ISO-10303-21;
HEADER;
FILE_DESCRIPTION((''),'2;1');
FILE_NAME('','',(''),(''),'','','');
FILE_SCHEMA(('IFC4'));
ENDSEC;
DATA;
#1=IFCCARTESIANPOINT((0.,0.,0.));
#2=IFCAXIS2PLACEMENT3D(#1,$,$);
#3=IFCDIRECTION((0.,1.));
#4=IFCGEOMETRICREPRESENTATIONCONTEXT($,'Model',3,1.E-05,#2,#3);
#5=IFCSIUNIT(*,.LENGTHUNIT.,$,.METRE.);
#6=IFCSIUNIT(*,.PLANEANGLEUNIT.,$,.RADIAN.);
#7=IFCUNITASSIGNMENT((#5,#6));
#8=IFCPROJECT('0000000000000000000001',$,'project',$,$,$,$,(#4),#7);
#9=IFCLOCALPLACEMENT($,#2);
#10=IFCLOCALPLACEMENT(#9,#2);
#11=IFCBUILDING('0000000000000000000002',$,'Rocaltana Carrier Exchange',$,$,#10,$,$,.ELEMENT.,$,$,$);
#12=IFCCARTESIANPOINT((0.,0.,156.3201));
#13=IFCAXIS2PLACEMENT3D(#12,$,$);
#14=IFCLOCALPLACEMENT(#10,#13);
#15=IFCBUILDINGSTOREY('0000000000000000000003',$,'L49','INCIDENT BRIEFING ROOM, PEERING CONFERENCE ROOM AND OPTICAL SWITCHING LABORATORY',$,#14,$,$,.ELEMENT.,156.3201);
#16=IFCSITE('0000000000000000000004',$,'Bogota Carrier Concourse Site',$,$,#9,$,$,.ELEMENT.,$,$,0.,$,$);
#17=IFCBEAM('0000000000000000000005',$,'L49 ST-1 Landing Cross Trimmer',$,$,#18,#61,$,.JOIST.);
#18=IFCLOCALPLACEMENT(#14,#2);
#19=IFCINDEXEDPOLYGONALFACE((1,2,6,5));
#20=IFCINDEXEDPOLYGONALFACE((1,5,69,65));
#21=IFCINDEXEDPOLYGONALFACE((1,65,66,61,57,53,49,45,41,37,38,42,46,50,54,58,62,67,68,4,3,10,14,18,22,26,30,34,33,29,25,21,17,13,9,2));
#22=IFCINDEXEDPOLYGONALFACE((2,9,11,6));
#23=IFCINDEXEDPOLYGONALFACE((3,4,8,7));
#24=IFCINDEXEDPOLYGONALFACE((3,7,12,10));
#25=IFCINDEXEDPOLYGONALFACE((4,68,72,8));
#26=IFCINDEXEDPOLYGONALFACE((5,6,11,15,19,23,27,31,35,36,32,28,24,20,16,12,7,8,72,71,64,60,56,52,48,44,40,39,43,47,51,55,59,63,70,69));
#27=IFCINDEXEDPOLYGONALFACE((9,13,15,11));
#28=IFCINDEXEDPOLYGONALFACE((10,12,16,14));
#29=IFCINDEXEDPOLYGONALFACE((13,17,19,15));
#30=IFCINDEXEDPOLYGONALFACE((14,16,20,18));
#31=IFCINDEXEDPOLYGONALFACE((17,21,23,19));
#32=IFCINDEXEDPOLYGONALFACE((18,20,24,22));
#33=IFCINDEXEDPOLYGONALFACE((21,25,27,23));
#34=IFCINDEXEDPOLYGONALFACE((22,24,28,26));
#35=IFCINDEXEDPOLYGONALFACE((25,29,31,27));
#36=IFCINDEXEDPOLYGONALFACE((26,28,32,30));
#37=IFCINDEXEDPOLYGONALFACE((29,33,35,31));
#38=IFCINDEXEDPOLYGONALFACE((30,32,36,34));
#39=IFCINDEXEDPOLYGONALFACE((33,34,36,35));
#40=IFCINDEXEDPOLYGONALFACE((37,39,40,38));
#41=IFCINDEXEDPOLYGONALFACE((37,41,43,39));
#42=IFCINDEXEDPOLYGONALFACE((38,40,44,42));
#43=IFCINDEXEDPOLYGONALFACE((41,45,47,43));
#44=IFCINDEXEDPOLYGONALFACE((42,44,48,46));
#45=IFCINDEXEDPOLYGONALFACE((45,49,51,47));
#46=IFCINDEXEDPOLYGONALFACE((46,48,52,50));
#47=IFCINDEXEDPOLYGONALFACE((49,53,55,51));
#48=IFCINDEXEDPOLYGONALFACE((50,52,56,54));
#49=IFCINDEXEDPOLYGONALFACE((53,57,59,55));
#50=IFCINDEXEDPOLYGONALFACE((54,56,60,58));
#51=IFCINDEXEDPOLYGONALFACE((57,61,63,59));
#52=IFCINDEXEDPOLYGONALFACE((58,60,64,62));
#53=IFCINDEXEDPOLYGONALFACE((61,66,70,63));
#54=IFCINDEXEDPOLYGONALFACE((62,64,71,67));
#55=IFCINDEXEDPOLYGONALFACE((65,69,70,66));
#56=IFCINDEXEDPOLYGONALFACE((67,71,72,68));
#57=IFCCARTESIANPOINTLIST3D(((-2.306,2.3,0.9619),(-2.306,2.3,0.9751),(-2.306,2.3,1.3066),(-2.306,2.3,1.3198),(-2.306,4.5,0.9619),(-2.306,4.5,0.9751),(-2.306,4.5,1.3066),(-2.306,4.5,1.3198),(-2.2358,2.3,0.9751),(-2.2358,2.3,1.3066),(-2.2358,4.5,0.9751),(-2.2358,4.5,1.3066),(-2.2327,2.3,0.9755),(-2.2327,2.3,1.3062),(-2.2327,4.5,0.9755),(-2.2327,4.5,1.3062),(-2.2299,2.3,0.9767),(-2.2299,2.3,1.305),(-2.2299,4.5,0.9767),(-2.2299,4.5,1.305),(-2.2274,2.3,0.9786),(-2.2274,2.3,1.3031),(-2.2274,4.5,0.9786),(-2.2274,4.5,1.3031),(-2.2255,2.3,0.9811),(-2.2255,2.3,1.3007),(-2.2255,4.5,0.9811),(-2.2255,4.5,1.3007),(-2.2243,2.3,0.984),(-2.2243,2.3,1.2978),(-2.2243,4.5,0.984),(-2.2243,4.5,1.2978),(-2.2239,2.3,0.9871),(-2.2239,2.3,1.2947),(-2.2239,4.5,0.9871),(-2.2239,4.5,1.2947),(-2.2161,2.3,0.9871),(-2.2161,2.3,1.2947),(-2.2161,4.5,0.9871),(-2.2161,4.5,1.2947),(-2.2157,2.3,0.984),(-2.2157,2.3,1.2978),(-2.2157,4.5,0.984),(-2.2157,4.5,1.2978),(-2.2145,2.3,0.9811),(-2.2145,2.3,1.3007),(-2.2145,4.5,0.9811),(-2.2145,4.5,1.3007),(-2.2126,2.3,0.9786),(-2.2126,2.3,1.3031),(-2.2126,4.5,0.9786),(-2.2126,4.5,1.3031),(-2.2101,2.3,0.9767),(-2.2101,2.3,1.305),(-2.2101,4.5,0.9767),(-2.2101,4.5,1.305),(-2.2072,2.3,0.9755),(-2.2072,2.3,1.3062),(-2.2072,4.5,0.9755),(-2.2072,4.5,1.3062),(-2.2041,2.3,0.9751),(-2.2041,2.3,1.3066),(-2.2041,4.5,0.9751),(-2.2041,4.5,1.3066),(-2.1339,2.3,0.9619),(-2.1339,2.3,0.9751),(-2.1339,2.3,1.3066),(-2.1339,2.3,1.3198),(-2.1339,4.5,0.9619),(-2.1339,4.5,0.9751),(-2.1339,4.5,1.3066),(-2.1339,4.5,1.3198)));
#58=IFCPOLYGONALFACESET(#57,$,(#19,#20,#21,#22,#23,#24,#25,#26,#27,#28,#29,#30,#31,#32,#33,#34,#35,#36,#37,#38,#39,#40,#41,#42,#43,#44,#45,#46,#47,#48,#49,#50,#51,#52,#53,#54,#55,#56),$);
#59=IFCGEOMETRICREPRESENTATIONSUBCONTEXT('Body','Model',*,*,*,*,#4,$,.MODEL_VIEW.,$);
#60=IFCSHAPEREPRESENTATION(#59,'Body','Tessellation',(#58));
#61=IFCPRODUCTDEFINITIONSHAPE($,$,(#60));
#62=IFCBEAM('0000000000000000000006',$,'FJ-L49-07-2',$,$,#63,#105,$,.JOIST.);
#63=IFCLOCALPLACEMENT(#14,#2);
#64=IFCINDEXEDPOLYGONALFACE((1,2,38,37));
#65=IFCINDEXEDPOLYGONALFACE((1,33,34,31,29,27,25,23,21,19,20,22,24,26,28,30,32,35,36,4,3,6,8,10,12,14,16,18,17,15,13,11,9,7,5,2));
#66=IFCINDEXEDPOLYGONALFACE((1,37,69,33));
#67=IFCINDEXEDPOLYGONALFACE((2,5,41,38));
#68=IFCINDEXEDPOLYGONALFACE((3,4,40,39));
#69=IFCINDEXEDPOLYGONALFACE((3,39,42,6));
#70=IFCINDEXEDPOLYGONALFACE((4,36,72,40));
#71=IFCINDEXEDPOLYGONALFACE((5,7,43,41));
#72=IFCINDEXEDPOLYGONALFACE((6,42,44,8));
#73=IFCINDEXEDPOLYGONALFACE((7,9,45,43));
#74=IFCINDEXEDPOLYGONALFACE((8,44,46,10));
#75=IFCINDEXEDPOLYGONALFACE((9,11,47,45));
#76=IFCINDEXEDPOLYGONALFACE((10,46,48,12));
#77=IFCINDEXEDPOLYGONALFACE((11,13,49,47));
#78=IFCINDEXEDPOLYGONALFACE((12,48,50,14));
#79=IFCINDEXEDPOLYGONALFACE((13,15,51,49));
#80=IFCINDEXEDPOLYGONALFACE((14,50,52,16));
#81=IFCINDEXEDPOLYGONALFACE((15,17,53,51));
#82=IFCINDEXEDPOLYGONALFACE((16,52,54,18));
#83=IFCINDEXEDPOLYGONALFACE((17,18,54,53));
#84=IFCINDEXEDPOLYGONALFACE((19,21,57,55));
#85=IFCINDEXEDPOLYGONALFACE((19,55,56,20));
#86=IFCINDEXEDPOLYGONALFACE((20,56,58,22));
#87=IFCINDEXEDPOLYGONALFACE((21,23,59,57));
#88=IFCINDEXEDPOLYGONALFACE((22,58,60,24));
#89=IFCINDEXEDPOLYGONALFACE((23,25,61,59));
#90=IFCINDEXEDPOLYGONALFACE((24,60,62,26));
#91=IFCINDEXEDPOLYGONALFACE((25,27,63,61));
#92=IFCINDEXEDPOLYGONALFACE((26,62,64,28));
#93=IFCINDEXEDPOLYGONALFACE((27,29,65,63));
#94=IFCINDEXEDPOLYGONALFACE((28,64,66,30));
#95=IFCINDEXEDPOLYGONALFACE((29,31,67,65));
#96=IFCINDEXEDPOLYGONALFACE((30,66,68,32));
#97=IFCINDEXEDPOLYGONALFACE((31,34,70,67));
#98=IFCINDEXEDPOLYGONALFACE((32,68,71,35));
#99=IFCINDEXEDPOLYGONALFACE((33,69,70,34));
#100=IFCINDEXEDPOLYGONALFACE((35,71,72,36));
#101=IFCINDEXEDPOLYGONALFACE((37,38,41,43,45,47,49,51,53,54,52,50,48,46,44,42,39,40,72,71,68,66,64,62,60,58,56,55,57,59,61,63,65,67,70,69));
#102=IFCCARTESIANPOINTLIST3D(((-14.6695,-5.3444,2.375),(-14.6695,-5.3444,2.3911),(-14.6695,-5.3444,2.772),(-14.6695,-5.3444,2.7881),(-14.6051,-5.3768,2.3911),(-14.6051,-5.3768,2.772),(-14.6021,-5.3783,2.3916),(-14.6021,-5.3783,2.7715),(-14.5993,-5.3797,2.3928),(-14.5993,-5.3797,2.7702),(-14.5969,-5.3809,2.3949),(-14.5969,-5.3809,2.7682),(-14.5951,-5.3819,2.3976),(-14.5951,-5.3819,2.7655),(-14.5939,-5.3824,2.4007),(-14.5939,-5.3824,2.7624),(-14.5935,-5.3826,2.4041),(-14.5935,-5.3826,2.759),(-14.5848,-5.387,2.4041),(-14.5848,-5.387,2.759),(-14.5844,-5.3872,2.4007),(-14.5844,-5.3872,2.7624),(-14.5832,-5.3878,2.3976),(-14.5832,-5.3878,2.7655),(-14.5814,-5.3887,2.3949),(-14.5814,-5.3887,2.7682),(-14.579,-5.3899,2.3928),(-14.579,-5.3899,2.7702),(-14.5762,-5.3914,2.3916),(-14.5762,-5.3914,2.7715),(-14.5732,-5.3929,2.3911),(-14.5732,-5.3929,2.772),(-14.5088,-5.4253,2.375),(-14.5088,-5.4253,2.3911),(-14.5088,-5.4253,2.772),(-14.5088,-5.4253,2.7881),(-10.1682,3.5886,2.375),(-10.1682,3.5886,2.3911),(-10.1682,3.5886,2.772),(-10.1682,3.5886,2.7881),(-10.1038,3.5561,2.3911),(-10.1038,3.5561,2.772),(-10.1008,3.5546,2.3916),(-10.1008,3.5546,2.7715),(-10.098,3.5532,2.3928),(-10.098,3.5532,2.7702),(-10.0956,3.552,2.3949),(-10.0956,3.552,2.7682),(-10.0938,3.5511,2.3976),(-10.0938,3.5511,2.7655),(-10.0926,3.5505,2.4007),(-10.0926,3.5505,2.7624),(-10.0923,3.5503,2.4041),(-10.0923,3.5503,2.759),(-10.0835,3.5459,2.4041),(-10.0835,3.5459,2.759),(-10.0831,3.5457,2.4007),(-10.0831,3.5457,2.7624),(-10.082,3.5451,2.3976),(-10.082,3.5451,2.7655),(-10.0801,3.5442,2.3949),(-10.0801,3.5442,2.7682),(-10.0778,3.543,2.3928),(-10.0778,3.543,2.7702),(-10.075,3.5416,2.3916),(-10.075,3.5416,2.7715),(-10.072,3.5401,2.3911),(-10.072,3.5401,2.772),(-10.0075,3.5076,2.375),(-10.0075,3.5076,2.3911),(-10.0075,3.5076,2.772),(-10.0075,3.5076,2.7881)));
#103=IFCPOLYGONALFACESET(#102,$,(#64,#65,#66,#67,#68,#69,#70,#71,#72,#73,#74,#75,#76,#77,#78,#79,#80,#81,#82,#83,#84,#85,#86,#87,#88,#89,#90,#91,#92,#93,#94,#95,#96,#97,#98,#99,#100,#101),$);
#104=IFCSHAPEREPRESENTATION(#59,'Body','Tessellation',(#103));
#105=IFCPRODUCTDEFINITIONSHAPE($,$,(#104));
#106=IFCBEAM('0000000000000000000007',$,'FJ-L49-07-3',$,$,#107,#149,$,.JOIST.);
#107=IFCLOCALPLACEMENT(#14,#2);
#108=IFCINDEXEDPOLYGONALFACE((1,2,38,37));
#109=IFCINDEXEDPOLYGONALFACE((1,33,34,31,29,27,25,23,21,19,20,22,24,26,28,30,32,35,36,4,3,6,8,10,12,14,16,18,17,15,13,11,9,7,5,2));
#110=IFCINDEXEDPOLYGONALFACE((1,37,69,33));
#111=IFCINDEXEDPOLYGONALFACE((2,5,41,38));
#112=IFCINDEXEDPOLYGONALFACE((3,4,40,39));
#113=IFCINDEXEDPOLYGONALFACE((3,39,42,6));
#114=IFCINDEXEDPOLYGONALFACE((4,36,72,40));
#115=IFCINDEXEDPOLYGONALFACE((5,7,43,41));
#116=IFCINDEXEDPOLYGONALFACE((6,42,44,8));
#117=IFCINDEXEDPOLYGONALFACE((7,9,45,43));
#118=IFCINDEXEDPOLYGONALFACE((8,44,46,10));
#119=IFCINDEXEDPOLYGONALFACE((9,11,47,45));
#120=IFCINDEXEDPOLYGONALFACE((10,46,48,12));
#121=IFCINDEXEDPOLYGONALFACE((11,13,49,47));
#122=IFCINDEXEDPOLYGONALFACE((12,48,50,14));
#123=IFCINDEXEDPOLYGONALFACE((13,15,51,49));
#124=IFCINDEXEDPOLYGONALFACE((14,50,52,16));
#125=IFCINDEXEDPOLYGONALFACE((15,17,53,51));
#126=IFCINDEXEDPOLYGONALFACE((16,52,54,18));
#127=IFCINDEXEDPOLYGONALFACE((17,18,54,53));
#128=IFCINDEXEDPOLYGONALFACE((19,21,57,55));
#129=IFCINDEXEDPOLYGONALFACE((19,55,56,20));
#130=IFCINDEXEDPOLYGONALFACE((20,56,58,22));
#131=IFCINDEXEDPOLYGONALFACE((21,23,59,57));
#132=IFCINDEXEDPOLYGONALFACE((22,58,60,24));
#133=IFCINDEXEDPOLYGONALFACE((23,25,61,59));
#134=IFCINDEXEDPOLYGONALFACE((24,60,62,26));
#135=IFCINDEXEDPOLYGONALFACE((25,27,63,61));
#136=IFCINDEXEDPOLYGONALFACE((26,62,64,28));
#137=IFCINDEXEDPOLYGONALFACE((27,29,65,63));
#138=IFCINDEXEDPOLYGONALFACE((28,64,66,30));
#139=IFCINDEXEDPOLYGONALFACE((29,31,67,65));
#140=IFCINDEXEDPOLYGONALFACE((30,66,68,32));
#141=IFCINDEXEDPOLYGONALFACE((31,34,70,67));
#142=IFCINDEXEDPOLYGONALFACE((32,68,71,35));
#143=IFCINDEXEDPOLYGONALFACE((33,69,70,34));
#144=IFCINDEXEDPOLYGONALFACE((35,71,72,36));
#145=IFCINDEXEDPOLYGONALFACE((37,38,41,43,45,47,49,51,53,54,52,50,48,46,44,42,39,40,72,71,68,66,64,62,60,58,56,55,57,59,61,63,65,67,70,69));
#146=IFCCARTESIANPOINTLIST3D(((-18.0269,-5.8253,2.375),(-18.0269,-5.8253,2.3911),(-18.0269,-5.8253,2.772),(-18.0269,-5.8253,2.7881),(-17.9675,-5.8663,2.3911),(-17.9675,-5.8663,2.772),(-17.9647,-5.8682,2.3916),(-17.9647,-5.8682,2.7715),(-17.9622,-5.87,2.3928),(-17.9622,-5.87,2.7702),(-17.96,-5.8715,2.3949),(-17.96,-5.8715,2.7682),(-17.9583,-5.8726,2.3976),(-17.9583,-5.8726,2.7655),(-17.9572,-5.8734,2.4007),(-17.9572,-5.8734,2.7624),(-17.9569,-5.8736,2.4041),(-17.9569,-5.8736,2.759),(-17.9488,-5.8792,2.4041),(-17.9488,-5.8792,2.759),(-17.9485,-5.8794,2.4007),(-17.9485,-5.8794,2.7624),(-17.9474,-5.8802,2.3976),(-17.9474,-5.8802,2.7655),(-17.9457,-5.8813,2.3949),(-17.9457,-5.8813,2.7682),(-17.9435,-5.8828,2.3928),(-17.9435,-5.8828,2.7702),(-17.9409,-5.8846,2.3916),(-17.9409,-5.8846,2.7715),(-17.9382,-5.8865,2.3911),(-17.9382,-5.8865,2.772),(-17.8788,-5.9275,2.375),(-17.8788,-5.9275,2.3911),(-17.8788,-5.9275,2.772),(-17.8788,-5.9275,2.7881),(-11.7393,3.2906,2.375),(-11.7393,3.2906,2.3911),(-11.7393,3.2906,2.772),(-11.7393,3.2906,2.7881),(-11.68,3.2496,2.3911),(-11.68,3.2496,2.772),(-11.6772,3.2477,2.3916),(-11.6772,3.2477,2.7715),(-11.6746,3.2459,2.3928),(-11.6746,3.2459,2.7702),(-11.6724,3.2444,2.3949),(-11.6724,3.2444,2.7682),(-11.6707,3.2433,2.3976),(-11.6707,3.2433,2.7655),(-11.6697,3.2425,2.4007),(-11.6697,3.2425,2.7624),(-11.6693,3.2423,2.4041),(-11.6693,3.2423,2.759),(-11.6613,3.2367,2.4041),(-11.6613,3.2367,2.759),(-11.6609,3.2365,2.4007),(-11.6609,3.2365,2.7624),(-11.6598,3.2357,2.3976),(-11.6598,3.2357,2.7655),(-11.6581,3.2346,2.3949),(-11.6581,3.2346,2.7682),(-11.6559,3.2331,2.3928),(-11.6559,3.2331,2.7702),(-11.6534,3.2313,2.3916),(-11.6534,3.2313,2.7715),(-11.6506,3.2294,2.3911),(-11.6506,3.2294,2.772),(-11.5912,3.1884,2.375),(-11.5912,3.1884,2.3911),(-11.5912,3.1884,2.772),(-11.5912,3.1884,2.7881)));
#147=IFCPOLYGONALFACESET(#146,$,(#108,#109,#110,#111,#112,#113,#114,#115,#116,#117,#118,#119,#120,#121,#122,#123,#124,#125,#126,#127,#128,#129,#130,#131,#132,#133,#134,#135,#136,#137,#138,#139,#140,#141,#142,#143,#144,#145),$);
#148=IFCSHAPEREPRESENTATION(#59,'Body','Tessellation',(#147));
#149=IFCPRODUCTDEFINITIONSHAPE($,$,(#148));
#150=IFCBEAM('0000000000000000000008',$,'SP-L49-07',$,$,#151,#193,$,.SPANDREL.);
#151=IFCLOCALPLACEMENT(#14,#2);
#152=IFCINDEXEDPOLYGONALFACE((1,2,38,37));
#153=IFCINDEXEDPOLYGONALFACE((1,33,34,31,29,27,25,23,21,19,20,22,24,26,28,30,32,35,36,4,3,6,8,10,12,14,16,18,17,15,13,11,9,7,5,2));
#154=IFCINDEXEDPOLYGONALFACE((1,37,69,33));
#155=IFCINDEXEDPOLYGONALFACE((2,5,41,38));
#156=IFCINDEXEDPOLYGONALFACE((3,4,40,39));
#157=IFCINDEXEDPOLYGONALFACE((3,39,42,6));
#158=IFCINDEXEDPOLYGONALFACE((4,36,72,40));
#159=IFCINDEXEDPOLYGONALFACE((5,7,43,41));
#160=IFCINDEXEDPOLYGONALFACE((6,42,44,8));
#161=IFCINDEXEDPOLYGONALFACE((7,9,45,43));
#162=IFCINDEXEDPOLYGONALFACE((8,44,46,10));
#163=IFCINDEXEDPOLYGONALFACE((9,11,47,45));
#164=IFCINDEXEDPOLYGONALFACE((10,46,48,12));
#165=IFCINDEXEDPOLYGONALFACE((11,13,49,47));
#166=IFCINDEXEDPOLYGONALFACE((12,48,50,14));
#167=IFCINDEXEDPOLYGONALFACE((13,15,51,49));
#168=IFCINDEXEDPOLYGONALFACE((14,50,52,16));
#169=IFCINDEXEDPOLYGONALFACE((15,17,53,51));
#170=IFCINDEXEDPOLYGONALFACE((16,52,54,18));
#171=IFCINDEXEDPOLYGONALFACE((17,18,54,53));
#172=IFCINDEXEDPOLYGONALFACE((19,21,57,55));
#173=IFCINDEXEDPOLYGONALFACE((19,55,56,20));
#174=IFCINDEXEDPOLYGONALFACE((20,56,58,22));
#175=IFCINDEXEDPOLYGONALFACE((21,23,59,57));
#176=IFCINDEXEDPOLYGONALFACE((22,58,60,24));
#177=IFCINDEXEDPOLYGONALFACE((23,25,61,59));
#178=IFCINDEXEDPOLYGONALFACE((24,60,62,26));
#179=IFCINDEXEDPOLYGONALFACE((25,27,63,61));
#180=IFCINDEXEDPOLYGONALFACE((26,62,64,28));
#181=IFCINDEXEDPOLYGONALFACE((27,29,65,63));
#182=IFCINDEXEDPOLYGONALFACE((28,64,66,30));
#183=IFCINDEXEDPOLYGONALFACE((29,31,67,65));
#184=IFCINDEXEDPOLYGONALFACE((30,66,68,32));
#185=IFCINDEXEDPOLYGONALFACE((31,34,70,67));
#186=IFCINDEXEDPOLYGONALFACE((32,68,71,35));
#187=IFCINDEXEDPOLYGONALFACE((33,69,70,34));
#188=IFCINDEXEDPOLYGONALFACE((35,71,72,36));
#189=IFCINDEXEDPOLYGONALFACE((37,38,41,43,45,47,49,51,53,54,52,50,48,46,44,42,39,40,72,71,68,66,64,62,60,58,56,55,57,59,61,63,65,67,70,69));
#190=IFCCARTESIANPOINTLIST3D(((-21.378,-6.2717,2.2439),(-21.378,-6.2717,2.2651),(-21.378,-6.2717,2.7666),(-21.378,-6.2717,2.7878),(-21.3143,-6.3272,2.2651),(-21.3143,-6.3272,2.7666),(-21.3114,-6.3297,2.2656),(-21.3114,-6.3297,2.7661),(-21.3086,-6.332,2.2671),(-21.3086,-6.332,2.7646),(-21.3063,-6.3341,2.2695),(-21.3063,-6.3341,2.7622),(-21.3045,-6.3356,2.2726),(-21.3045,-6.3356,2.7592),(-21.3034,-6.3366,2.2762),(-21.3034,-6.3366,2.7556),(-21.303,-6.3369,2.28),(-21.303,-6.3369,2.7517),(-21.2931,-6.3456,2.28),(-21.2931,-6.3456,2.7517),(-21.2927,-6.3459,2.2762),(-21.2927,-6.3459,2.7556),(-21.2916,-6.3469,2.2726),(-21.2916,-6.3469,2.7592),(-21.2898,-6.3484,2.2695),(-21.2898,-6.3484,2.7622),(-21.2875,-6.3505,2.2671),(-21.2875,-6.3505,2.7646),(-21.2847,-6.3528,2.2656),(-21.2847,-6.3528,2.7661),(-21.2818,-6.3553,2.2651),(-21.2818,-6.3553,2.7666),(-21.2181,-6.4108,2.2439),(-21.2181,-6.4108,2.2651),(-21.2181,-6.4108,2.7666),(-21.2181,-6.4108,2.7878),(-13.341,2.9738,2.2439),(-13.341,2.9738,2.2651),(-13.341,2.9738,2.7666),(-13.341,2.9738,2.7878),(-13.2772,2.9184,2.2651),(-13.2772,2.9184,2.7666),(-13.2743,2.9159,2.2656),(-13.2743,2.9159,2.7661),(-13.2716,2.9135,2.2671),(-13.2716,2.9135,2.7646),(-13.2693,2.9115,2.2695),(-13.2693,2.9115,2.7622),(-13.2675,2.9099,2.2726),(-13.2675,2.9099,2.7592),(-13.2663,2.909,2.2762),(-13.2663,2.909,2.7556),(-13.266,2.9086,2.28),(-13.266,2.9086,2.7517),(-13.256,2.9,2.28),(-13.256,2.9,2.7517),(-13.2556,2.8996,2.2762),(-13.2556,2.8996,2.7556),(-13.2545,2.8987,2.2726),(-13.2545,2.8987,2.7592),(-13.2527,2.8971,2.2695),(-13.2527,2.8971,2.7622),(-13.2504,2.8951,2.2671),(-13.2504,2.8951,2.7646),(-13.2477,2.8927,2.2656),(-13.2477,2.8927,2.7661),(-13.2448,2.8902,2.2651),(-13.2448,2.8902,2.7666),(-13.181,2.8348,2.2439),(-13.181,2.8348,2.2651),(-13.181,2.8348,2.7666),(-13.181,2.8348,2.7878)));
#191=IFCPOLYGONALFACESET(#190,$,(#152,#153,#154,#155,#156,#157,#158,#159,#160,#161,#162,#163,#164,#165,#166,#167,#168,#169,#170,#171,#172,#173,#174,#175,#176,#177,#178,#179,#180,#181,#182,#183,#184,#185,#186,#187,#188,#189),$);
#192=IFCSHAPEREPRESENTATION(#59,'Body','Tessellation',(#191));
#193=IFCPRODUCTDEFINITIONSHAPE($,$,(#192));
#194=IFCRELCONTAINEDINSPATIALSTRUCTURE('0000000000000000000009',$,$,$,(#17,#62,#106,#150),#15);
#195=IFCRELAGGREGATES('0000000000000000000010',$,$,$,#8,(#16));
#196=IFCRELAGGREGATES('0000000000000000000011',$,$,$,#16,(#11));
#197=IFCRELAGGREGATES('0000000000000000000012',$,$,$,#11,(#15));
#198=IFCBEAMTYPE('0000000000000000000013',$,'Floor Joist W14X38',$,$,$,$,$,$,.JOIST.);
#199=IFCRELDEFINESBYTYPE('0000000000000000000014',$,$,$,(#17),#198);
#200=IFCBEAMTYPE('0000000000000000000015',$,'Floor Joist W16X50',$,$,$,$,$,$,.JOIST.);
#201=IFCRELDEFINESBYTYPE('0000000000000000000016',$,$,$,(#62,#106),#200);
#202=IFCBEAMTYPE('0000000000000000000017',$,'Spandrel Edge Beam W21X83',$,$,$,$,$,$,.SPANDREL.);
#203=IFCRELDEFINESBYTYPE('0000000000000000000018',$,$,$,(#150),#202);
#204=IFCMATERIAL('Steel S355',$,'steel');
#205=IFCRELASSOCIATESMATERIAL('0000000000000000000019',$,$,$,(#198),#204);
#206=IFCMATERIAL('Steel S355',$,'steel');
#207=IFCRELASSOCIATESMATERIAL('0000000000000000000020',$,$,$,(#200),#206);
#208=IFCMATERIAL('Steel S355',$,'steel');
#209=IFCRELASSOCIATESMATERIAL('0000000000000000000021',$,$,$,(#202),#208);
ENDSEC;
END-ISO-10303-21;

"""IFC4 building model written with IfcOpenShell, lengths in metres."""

from ifc_helpers import new_model, si_unit, direction, frame, origin, origin_2d, place, context, subcontext, project, spatial, i_section, extrude, material, material_profile, profile_set, type_object, element, save


model = new_model("IFC4")

# Units and contexts
model_context = context("Model", 3, precision=1e-05, world=origin(), true_north=direction((0.0, 1.0)))
body_context = subcontext(model_context, "Body", "Model", "MODEL_VIEW")
ifc_project = project(units=[si_unit("LENGTHUNIT", "METRE"), si_unit("PLANEANGLEUNIT", "RADIAN")], contexts=[model_context])

# Site, building, storey
site_placement = place(None, origin())
site = spatial("IfcSite", under=ifc_project, at=site_placement, Name="Bogota Carrier Concourse Site", CompositionType="ELEMENT", RefElevation=0.0)
building_placement = place(site_placement, origin())
building = spatial("IfcBuilding", under=site, at=building_placement, Name="Rocaltana Carrier Exchange", CompositionType="ELEMENT")
storey_placement = place(building_placement, frame((0.0, 0.0, 156.3201)))
storey = spatial("IfcBuildingStorey", under=building, at=storey_placement, Name="L49", Description="INCIDENT BRIEFING ROOM, PEERING CONFERENCE ROOM AND OPTICAL SWITCHING LABORATORY", CompositionType="ELEMENT", Elevation=156.3201)

# Beams
ifc_material_1 = material(Name="Steel S355", Category="steel")
ifc_material_profile_1 = material_profile(ifc_material_1, i_section(OverallWidth=0.1721, OverallDepth=0.3579, WebThickness=0.0078, FlangeThickness=0.0132, FilletRadius=0.012, at=origin_2d()), Name="W14X38")
ifc_profile_set_1 = profile_set([ifc_material_profile_1], Name="Steel S355")
beam_type_1 = type_object("IfcBeamType", Name="Floor Joist W14X38", PredefinedType="JOIST", material=ifc_profile_set_1)
beam_1_placement = place(storey_placement, frame((-2.22, 2.3, 1.1409), z_axis=(0.0, 1.0, 0.0), x_axis=(-1.0, 0.0, 0.0)))
element("IfcBeam", 1, at=beam_1_placement, inside=storey, type_object=beam_type_1, Name="L49 ST-1 Landing Cross Trimmer", PredefinedType="JOIST", context=body_context, shape_type="SweptSolid", body=[
    extrude(i_section(OverallWidth=0.1721, OverallDepth=0.3579, WebThickness=0.0078, FlangeThickness=0.0132, FilletRadius=0.012, at=origin_2d()), origin(), (0.0, 0.0, 1.0), 2.2),
])
ifc_material_2 = material(Name="Steel S355", Category="steel")
ifc_material_profile_2 = material_profile(ifc_material_2, i_section(OverallWidth=0.1799, OverallDepth=0.4131, WebThickness=0.0098, FlangeThickness=0.0161, FilletRadius=0.0129, at=origin_2d()), Name="W16X50")
ifc_profile_set_2 = profile_set([ifc_material_profile_2], Name="Steel S355")
beam_type_2 = type_object("IfcBeamType", Name="Floor Joist W16X50", PredefinedType="JOIST", material=ifc_profile_set_2)
beam_2_placement = place(storey_placement, frame((-10.0879, 3.5481, 2.5815), z_axis=(-0.449994, -0.893032, 0.0), x_axis=(0.893032, -0.449994, 0.0)))
element("IfcBeam", 2, at=beam_2_placement, inside=storey, type_object=beam_type_2, Name="FJ-L49-07-2", PredefinedType="JOIST", context=body_context, shape_type="SweptSolid", body=[
    extrude(i_section(OverallWidth=0.1799, OverallDepth=0.4131, WebThickness=0.0098, FlangeThickness=0.0161, FilletRadius=0.0129, at=origin_2d()), origin(), (0.0, 0.0, 1.0), 10.0029),
])
beam_3_placement = place(storey_placement, frame((-11.6653, 3.2395, 2.5815), z_axis=(-0.567777, -0.823182, 0.0), x_axis=(0.823182, -0.567777, 0.0)))
element("IfcBeam", 3, at=beam_3_placement, inside=storey, type_object=beam_type_2, Name="FJ-L49-07-3", PredefinedType="JOIST", context=body_context, shape_type="SweptSolid", body=[
    extrude(i_section(OverallWidth=0.1799, OverallDepth=0.4131, WebThickness=0.0098, FlangeThickness=0.0161, FilletRadius=0.0129, at=origin_2d()), origin(), (0.0, 0.0, 1.0), 11.074),
])
ifc_material_3 = material(Name="Steel S355", Category="steel")
ifc_material_profile_3 = material_profile(ifc_material_3, i_section(OverallWidth=0.2119, OverallDepth=0.5439, WebThickness=0.0132, FlangeThickness=0.0212, FilletRadius=0.0149, at=origin_2d()), Name="W21X83")
ifc_profile_set_3 = profile_set([ifc_material_profile_3], Name="Steel S355")
beam_type_3 = type_object("IfcBeamType", Name="Spandrel Edge Beam W21X83", PredefinedType="SPANDREL", material=ifc_profile_set_3)
beam_4_placement = place(storey_placement, frame((-13.261, 2.9043, 2.5159), z_axis=(-0.65606, -0.754708, 0.0), x_axis=(0.754708, -0.65606, 0.0)))
element("IfcBeam", 4, at=beam_4_placement, inside=storey, type_object=beam_type_3, Name="SP-L49-07", PredefinedType="SPANDREL", context=body_context, shape_type="SweptSolid", body=[
    extrude(i_section(OverallWidth=0.2119, OverallDepth=0.5439, WebThickness=0.0132, FlangeThickness=0.0212, FilletRadius=0.0149, at=origin_2d()), origin(), (0.0, 0.0, 1.0), 12.2505),
])

save(model, "model.ifc")
